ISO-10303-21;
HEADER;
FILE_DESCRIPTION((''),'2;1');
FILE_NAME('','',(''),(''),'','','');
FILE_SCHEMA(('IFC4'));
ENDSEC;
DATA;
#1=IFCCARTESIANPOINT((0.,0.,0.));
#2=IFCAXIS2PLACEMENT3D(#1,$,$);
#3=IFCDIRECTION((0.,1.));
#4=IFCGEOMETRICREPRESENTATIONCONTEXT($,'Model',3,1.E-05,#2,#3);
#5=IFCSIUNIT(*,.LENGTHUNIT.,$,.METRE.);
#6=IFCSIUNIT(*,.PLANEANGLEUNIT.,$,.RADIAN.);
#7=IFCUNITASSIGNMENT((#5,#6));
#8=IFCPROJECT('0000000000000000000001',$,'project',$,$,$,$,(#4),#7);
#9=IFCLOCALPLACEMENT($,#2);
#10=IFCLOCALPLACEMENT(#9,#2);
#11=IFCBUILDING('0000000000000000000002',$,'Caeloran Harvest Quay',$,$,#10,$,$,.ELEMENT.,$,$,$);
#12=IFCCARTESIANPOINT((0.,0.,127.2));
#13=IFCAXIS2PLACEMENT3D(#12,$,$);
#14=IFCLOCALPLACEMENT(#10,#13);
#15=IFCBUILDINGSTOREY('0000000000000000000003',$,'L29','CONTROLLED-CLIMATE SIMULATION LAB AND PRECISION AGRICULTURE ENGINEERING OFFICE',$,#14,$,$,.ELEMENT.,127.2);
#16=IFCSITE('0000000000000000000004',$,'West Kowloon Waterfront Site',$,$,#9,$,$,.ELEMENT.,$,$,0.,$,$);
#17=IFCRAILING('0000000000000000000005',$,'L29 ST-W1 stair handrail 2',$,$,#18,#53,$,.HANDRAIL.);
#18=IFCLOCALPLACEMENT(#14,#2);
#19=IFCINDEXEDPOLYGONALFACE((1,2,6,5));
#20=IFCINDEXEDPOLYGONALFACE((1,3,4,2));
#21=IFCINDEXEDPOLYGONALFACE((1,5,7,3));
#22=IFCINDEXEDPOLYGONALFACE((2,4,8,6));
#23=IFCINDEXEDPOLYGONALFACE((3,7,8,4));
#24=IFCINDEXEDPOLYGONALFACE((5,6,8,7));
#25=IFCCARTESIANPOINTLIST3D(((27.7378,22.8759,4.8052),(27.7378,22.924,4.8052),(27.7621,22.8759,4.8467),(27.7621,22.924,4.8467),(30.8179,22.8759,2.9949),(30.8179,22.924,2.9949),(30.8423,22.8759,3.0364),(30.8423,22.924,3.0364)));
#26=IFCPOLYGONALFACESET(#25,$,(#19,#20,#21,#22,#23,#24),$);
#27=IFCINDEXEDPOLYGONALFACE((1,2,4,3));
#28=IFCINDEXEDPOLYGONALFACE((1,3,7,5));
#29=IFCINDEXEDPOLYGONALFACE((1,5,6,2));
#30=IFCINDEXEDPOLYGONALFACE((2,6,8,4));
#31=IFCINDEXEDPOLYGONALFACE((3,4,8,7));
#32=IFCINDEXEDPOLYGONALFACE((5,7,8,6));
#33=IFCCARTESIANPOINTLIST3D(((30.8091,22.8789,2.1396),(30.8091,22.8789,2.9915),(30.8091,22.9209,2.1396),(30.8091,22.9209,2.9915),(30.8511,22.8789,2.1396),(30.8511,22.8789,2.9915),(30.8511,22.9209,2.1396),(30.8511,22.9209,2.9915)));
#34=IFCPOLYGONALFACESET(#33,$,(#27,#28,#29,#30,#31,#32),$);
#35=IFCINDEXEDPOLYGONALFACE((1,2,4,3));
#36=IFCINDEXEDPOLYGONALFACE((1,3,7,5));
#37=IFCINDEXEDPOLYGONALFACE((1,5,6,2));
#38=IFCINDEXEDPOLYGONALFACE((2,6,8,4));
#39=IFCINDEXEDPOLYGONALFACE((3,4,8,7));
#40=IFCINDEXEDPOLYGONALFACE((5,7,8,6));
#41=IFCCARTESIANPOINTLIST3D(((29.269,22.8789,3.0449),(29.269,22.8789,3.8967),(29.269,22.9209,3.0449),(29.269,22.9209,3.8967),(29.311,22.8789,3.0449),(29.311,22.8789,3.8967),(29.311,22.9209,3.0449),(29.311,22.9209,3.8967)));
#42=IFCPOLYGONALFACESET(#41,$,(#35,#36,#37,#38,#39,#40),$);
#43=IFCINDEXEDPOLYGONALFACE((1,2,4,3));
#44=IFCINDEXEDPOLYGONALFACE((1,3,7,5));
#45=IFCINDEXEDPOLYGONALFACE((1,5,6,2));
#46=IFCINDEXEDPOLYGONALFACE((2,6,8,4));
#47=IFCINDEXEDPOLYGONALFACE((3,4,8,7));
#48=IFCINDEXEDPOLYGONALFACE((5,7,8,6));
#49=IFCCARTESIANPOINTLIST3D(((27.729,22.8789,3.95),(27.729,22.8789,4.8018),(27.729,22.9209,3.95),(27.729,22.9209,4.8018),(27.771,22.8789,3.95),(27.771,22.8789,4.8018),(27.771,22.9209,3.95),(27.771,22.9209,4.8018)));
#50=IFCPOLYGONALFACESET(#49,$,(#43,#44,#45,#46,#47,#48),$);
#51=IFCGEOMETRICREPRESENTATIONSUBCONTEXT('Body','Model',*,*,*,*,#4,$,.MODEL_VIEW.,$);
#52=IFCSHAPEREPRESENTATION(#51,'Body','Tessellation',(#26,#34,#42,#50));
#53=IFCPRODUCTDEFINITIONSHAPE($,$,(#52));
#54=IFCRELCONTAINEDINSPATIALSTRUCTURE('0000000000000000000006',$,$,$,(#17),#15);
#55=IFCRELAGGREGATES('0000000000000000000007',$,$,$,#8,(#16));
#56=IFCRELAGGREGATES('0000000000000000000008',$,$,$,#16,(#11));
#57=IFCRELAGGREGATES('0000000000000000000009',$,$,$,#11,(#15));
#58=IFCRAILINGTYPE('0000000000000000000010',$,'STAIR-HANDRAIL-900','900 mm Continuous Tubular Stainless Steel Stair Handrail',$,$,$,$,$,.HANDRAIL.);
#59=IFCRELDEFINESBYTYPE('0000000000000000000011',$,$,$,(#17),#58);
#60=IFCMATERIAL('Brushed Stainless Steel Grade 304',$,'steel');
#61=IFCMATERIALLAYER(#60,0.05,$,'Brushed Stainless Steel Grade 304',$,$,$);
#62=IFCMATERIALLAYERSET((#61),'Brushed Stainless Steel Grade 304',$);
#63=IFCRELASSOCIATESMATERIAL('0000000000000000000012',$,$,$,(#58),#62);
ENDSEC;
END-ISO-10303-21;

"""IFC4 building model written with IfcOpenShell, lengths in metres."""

from ifc_helpers import new_model, si_unit, direction, frame, origin, origin_2d, place, context, subcontext, project, spatial, rectangle, extrude, material, layer, layer_set, type_object, element, save


model = new_model("IFC4")

# Units and contexts
model_context = context("Model", 3, precision=1e-05, world=origin(), true_north=direction((0.0, 1.0)))
body_context = subcontext(model_context, "Body", "Model", "MODEL_VIEW")
ifc_project = project(units=[si_unit("LENGTHUNIT", "METRE"), si_unit("PLANEANGLEUNIT", "RADIAN")], contexts=[model_context])

# Site, building, storey
site_placement = place(None, origin())
site = spatial("IfcSite", under=ifc_project, at=site_placement, Name="West Kowloon Waterfront Site", CompositionType="ELEMENT", RefElevation=0.0)
building_placement = place(site_placement, origin())
building = spatial("IfcBuilding", under=site, at=building_placement, Name="Caeloran Harvest Quay", CompositionType="ELEMENT")
storey_placement = place(building_placement, frame((0.0, 0.0, 127.2)))
storey = spatial("IfcBuildingStorey", under=building, at=storey_placement, Name="L29", Description="CONTROLLED-CLIMATE SIMULATION LAB AND PRECISION AGRICULTURE ENGINEERING OFFICE", CompositionType="ELEMENT", Elevation=127.2)

# Railing
ifc_material_1 = material(Name="Brushed Stainless Steel Grade 304", Category="steel")
ifc_layer_1 = layer(ifc_material_1, 0.05, Name="Brushed Stainless Steel Grade 304")
ifc_layer_set_1 = layer_set([ifc_layer_1], Name="Brushed Stainless Steel Grade 304")
railing_type_1 = type_object("IfcRailingType", Name="STAIR-HANDRAIL-900", Description="900 mm Continuous Tubular Stainless Steel Stair Handrail", PredefinedType="HANDRAIL", material=ifc_layer_set_1)
railing_1_placement = place(storey_placement, frame((30.8301, 22.8999, 2.1396)))
element("IfcRailing", 1, at=railing_1_placement, inside=storey, type_object=railing_type_1, Name="L29 ST-W1 stair handrail 2", PredefinedType="HANDRAIL", context=body_context, shape_type="SweptSolid", body=[
    extrude(rectangle(XDim=0.0481, YDim=0.0481, at=origin_2d()), frame((0.0, 0.0, 0.876), z_axis=(-0.862119, 0.0, 0.506707), x_axis=(0.0, -1.0, 0.0)), (0.0, 0.0, 1.0), 3.5728),
    extrude(rectangle(XDim=0.042, YDim=0.042, at=origin_2d()), origin(), (0.0, 0.0, 1.0), 0.8518),
    extrude(rectangle(XDim=0.042, YDim=0.042, at=origin_2d()), frame((-1.54, 0.0, 0.9053)), (0.0, 0.0, 1.0), 0.8518),
    extrude(rectangle(XDim=0.042, YDim=0.042, at=origin_2d()), frame((-3.0801, 0.0, 1.8103)), (0.0, 0.0, 1.0), 0.8518),
])

save(model, "model.ifc")
